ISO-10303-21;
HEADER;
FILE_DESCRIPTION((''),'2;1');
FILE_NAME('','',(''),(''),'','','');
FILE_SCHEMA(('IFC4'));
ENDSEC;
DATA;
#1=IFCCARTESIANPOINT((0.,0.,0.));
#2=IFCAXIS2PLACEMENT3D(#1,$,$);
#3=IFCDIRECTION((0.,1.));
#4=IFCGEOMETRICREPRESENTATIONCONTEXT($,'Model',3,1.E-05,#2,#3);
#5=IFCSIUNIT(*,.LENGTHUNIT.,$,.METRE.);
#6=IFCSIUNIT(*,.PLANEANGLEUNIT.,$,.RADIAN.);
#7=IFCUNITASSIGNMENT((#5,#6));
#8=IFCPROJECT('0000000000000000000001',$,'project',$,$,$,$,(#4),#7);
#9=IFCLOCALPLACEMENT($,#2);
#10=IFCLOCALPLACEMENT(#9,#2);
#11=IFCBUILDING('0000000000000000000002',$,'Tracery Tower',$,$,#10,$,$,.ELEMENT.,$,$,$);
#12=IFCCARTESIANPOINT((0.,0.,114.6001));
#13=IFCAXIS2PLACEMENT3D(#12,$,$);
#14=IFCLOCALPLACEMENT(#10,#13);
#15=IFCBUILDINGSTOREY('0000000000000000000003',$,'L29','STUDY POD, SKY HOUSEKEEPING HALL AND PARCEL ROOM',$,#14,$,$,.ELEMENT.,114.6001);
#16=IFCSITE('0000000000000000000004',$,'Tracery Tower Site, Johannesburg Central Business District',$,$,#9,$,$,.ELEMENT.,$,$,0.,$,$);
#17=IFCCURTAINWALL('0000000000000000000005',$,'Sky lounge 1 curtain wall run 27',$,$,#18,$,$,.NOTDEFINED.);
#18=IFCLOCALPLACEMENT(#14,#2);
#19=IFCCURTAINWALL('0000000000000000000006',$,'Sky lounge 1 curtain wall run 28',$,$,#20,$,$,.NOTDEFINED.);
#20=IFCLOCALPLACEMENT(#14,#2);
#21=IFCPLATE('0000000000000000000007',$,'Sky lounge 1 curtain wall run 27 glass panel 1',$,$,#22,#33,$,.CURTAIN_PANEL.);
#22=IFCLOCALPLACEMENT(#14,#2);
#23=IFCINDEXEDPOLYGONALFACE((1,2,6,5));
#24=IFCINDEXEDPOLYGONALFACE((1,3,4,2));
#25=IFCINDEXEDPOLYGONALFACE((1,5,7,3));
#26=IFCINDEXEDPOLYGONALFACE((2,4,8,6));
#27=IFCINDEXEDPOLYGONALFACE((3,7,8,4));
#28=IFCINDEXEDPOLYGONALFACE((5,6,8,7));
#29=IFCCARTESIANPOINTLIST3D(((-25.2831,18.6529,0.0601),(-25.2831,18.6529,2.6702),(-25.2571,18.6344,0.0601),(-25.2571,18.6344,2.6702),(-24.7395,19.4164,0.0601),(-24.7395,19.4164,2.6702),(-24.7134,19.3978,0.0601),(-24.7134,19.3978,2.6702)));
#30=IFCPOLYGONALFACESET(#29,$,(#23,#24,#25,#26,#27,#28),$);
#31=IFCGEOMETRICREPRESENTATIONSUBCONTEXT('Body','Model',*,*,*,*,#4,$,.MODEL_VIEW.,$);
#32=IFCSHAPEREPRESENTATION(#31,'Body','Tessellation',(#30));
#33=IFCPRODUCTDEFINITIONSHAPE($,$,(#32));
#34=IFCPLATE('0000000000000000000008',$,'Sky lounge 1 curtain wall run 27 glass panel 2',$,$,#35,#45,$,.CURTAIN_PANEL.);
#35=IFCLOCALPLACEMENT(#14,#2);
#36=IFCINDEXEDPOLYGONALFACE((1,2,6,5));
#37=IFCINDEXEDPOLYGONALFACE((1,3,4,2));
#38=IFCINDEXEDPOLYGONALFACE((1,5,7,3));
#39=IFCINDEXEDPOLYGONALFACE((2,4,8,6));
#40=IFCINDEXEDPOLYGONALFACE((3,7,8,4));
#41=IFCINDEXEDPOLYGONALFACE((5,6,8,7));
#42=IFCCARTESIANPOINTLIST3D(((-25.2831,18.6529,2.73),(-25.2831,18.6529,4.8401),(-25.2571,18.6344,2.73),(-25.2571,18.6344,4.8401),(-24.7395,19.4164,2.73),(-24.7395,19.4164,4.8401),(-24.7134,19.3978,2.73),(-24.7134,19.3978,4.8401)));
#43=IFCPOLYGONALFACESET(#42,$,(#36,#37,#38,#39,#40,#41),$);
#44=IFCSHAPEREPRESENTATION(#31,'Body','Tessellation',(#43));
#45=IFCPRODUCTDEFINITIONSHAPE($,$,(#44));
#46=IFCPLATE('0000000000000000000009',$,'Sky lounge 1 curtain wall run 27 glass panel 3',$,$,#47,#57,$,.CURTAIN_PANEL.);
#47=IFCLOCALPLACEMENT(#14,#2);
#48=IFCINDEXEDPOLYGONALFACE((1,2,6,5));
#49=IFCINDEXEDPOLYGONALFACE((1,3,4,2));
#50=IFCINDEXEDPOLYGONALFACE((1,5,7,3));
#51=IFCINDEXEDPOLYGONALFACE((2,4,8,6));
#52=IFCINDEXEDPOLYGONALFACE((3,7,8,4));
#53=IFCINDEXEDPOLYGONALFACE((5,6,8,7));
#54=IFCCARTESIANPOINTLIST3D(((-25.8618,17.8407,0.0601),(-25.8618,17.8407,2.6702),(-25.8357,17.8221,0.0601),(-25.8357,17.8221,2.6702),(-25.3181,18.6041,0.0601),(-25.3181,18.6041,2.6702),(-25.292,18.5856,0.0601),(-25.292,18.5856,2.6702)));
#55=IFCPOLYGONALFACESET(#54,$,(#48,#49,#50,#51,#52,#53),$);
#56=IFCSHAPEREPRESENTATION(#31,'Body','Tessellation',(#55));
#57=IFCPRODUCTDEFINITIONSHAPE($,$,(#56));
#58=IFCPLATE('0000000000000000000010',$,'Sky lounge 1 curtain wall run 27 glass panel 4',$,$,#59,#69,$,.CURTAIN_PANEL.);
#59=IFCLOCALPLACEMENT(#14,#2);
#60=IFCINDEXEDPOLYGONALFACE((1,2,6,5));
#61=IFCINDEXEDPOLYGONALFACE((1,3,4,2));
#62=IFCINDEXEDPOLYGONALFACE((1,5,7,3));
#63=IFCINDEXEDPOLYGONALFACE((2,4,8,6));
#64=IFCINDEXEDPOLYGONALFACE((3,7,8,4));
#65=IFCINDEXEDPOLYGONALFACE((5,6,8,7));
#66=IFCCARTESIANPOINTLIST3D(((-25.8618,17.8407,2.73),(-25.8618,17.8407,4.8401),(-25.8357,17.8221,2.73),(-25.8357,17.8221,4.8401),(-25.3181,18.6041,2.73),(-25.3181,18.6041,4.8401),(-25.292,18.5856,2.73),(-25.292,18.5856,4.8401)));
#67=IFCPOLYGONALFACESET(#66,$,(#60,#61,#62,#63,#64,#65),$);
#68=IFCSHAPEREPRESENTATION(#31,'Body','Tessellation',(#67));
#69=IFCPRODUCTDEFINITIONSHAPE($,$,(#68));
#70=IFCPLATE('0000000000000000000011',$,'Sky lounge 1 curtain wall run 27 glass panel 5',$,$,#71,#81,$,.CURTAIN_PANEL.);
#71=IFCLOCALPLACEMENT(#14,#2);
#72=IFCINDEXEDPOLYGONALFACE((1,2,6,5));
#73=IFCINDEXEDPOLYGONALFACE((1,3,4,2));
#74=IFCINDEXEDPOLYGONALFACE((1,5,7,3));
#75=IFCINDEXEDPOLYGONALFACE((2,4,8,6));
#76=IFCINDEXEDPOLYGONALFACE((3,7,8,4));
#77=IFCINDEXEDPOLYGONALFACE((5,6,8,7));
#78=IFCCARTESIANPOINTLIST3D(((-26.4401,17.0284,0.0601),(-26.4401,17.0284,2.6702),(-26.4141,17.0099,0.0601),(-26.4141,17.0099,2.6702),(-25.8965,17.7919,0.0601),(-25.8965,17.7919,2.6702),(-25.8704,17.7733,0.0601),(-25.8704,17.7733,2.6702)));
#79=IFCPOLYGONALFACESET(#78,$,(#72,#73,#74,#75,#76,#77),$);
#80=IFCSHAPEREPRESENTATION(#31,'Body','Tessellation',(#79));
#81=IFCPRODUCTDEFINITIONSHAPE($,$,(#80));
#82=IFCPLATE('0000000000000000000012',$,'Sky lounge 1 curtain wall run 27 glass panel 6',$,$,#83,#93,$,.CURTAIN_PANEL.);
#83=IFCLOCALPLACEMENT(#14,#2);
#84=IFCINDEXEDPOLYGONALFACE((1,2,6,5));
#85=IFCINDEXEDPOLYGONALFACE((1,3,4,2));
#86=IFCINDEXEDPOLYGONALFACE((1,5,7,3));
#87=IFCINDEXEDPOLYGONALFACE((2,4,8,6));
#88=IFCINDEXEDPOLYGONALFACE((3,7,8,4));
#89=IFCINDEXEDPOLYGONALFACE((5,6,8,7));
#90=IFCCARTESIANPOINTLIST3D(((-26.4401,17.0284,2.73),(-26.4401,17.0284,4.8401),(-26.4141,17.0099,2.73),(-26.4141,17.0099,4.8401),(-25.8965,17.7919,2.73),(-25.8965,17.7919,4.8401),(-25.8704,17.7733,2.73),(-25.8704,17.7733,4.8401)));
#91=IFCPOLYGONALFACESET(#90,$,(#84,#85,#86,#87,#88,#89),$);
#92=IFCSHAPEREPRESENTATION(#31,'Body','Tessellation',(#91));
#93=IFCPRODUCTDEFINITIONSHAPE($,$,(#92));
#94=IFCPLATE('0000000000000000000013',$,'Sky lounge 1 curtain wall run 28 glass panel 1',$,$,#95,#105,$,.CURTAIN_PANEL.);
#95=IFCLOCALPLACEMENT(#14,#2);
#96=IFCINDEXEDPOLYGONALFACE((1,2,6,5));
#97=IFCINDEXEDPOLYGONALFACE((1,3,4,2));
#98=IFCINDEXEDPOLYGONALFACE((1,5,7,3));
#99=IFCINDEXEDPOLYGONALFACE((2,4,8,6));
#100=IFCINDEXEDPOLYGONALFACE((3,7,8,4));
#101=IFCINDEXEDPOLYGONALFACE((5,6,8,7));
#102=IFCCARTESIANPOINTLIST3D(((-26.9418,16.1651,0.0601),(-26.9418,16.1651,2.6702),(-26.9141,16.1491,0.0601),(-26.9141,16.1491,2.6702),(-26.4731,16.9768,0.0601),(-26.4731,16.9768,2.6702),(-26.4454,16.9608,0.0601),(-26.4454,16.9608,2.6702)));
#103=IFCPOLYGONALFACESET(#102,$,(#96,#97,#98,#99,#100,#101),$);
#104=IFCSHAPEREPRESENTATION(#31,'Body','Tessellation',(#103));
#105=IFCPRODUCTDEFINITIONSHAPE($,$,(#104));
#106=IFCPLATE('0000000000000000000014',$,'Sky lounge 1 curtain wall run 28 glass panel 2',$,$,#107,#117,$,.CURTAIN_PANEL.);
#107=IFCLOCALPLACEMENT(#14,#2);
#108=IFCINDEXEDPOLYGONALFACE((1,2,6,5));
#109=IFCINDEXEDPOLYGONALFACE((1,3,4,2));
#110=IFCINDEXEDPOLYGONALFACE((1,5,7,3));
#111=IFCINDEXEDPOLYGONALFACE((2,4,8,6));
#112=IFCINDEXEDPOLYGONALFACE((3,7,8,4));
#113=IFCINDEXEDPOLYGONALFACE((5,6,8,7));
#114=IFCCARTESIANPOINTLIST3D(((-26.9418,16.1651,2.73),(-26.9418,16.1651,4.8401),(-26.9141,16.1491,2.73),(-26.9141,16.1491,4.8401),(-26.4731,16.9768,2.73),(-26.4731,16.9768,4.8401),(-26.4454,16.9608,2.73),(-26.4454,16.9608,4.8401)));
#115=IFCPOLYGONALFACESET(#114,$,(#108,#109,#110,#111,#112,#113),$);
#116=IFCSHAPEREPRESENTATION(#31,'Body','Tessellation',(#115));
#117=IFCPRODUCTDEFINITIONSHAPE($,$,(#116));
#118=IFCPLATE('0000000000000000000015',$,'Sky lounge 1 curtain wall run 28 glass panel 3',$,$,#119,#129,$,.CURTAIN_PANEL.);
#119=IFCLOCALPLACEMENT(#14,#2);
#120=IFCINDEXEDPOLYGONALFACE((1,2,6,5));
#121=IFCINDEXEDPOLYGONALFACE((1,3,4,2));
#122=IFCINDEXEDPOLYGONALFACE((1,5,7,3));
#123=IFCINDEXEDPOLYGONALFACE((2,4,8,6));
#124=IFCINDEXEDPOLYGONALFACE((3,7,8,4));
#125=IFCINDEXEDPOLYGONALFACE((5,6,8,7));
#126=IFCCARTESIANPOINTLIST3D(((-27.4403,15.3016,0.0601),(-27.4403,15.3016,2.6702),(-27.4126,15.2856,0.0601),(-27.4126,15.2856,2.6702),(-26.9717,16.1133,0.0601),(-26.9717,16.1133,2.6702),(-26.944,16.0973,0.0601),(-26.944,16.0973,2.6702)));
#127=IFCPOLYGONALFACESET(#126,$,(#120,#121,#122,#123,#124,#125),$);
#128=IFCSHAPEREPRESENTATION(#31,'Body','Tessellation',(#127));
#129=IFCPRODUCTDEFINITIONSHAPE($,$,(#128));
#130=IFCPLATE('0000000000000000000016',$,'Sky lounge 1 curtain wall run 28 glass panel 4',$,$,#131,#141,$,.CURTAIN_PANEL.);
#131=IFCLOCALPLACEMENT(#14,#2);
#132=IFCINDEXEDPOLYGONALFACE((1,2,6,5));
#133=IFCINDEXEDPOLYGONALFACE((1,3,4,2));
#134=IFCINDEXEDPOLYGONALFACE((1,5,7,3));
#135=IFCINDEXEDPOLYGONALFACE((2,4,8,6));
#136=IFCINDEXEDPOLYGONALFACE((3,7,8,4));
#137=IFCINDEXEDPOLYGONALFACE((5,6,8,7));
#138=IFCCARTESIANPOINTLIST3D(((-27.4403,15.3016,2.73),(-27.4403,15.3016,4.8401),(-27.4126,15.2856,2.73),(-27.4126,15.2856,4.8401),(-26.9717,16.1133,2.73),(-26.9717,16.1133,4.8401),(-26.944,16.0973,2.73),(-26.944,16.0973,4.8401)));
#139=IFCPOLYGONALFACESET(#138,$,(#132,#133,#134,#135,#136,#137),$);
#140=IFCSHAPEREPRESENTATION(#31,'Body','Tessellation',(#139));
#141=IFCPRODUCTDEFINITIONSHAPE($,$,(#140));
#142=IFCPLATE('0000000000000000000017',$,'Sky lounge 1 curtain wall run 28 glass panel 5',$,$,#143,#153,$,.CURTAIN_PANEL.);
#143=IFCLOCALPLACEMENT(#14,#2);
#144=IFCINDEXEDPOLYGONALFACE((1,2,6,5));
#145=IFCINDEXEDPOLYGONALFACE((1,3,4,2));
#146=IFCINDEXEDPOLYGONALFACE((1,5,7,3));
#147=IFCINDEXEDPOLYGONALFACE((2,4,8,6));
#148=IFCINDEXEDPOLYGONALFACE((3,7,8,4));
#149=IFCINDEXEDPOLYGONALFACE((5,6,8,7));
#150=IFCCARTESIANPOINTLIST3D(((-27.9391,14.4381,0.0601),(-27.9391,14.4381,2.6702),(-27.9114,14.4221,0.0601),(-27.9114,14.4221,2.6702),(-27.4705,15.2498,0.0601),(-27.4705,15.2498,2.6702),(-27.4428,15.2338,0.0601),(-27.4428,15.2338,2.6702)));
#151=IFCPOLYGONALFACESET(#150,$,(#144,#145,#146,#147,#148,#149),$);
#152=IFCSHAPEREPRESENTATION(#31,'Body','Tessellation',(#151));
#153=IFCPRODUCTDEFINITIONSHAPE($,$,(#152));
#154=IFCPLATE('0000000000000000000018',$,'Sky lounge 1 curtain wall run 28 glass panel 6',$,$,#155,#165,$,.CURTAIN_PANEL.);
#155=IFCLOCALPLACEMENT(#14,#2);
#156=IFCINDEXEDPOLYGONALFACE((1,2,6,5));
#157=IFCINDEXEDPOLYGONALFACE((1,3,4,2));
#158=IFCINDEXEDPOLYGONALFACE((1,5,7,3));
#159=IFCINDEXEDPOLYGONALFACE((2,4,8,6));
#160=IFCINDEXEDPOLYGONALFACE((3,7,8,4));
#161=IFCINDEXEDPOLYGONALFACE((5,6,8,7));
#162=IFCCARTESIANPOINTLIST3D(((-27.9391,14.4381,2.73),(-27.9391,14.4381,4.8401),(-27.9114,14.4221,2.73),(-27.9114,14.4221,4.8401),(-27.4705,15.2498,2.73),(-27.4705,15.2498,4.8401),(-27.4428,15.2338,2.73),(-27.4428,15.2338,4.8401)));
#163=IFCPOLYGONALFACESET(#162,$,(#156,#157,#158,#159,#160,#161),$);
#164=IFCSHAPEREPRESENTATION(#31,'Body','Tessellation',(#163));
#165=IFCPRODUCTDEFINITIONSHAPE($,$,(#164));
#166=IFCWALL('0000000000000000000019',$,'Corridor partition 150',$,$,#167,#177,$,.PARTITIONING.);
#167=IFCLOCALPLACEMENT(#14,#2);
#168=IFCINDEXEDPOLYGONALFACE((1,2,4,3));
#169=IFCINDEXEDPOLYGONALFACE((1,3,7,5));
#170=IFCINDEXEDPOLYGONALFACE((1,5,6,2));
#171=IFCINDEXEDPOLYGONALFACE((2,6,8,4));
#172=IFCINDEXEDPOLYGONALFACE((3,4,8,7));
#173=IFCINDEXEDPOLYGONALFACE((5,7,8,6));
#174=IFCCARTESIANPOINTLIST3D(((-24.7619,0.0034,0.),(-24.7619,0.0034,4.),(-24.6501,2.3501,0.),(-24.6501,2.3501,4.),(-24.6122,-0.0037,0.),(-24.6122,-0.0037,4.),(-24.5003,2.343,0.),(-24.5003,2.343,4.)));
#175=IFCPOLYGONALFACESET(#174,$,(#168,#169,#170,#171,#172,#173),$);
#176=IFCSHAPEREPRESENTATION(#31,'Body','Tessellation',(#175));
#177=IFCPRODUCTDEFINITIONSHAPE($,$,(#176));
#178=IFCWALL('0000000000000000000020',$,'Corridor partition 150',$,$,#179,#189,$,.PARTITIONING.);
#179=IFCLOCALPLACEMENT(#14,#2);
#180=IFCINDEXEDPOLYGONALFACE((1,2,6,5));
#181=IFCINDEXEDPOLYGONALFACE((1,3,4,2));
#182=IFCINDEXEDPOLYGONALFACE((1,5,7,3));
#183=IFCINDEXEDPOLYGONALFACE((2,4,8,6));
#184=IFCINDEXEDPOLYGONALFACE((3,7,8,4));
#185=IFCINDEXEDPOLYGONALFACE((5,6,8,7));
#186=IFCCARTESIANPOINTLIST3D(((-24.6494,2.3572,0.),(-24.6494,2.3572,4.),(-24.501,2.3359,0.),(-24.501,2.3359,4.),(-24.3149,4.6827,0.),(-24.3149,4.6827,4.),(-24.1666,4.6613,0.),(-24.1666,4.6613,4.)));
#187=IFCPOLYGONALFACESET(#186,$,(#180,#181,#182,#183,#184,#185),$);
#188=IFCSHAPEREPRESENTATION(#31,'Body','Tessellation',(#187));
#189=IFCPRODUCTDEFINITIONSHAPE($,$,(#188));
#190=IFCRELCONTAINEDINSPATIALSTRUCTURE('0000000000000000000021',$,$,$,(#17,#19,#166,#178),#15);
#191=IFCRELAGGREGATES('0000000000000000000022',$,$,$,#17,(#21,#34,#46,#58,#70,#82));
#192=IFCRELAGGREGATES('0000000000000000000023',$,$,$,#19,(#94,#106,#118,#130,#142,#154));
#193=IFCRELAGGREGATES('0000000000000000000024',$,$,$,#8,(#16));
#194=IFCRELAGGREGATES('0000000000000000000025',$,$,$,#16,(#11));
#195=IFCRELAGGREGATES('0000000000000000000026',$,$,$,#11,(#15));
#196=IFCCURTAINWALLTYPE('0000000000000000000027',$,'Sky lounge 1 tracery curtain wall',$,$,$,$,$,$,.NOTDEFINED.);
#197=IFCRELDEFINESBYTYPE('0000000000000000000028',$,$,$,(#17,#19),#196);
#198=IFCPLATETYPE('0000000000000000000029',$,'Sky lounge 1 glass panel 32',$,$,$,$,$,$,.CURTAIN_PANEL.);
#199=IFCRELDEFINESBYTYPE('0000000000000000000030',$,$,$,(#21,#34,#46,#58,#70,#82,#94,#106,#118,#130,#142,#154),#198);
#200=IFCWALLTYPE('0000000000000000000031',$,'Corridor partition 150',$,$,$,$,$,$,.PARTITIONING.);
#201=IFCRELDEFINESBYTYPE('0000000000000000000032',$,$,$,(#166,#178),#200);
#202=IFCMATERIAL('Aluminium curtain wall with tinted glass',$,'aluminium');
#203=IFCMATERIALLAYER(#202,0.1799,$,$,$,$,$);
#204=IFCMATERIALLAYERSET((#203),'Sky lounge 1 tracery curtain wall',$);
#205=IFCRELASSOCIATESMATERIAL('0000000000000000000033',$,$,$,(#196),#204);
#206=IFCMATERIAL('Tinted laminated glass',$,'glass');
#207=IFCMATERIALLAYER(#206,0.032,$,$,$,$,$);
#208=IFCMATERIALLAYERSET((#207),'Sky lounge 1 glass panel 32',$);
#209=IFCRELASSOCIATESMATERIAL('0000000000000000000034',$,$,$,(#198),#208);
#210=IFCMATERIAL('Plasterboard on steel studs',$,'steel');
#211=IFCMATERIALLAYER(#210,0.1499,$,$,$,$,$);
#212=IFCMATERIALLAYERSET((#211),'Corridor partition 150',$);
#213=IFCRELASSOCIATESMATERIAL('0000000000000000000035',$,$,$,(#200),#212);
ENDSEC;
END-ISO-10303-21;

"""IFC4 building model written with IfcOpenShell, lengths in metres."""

from ifc_helpers import new_model, si_unit, direction, frame, frame_2d, origin, origin_2d, place, context, subcontext, project, spatial, rectangle, extrude, material, layer, layer_set, type_object, element, aggregate, save


model = new_model("IFC4")

# Units and contexts
model_context = context("Model", 3, precision=1e-05, world=origin(), true_north=direction((0.0, 1.0)))
body_context = subcontext(model_context, "Body", "Model", "MODEL_VIEW")
ifc_project = project(units=[si_unit("LENGTHUNIT", "METRE"), si_unit("PLANEANGLEUNIT", "RADIAN")], contexts=[model_context])

# Site, building, storey
site_placement = place(None, origin())
site = spatial("IfcSite", under=ifc_project, at=site_placement, Name="Tracery Tower Site, Johannesburg Central Business District", CompositionType="ELEMENT", RefElevation=0.0)
building_placement = place(site_placement, origin())
building = spatial("IfcBuilding", under=site, at=building_placement, Name="Tracery Tower", CompositionType="ELEMENT")
storey_placement = place(building_placement, frame((0.0, 0.0, 114.6001)))
storey = spatial("IfcBuildingStorey", under=building, at=storey_placement, Name="L29", Description="STUDY POD, SKY HOUSEKEEPING HALL AND PARCEL ROOM", CompositionType="ELEMENT", Elevation=114.6001)

# Curtain walls
ifc_material_1 = material(Name="Aluminium curtain wall with tinted glass", Category="aluminium")
ifc_layer_1 = layer(ifc_material_1, 0.1799)
ifc_layer_set_1 = layer_set([ifc_layer_1], Name="Sky lounge 1 tracery curtain wall")
curtain_wall_type = type_object("IfcCurtainWallType", Name="Sky lounge 1 tracery curtain wall", PredefinedType="NOTDEFINED", material=ifc_layer_set_1)
curtain_wall_1_placement = place(storey_placement, origin())
curtain_wall_1 = element("IfcCurtainWall", 1, at=curtain_wall_1_placement, inside=storey, type_object=curtain_wall_type, Name="Sky lounge 1 curtain wall run 27", PredefinedType="NOTDEFINED")
curtain_wall_2_placement = place(storey_placement, origin())
curtain_wall_2 = element("IfcCurtainWall", 2, at=curtain_wall_2_placement, inside=storey, type_object=curtain_wall_type, Name="Sky lounge 1 curtain wall run 28", PredefinedType="NOTDEFINED")

# Plates
ifc_material_2 = material(Name="Tinted laminated glass", Category="glass")
ifc_layer_2 = layer(ifc_material_2, 0.032)
ifc_layer_set_2 = layer_set([ifc_layer_2], Name="Sky lounge 1 glass panel 32")
plate_type = type_object("IfcPlateType", Name="Sky lounge 1 glass panel 32", PredefinedType="CURTAIN_PANEL", material=ifc_layer_set_2)
plate_1_placement = place(storey_placement, frame((-24.9983, 19.0254, 0.0601), z_axis=(0.0, 0.0, 1.0), x_axis=(-0.580057, -0.814576, 0.0)))
plate_1 = element("IfcPlate", 3, at=plate_1_placement, type_object=plate_type, Name="Sky lounge 1 curtain wall run 27 glass panel 1", PredefinedType="CURTAIN_PANEL", context=body_context, shape_type="SweptSolid", body=[
    extrude(rectangle(XDim=0.9373, YDim=0.032, at=origin_2d()), origin(), (0.0, 0.0, 1.0), 2.6101),
])
plate_2_placement = place(storey_placement, frame((-24.9983, 19.0254, 2.73), z_axis=(0.0, 0.0, 1.0), x_axis=(-0.580057, -0.814576, 0.0)))
plate_2 = element("IfcPlate", 4, at=plate_2_placement, type_object=plate_type, Name="Sky lounge 1 curtain wall run 27 glass panel 2", PredefinedType="CURTAIN_PANEL", context=body_context, shape_type="SweptSolid", body=[
    extrude(rectangle(XDim=0.9373, YDim=0.032, at=origin_2d()), origin(), (0.0, 0.0, 1.0), 2.1101),
])
plate_3_placement = place(storey_placement, frame((-25.5769, 18.2131, 0.0601), z_axis=(0.0, 0.0, 1.0), x_axis=(-0.580057, -0.814576, 0.0)))
plate_3 = element("IfcPlate", 5, at=plate_3_placement, type_object=plate_type, Name="Sky lounge 1 curtain wall run 27 glass panel 3", PredefinedType="CURTAIN_PANEL", context=body_context, shape_type="SweptSolid", body=[
    extrude(rectangle(XDim=0.9373, YDim=0.032, at=origin_2d()), origin(), (0.0, 0.0, 1.0), 2.6101),
])
plate_4_placement = place(storey_placement, frame((-25.5769, 18.2131, 2.73), z_axis=(0.0, 0.0, 1.0), x_axis=(-0.580057, -0.814576, 0.0)))
plate_4 = element("IfcPlate", 6, at=plate_4_placement, type_object=plate_type, Name="Sky lounge 1 curtain wall run 27 glass panel 4", PredefinedType="CURTAIN_PANEL", context=body_context, shape_type="SweptSolid", body=[
    extrude(rectangle(XDim=0.9373, YDim=0.032, at=origin_2d()), origin(), (0.0, 0.0, 1.0), 2.1101),
])
plate_5_placement = place(storey_placement, frame((-26.1553, 17.4009, 0.0601), z_axis=(0.0, 0.0, 1.0), x_axis=(-0.580057, -0.814576, 0.0)))
plate_5 = element("IfcPlate", 7, at=plate_5_placement, type_object=plate_type, Name="Sky lounge 1 curtain wall run 27 glass panel 5", PredefinedType="CURTAIN_PANEL", context=body_context, shape_type="SweptSolid", body=[
    extrude(rectangle(XDim=0.9373, YDim=0.032, at=origin_2d()), origin(), (0.0, 0.0, 1.0), 2.6101),
])
plate_6_placement = place(storey_placement, frame((-26.1553, 17.4009, 2.73), z_axis=(0.0, 0.0, 1.0), x_axis=(-0.580057, -0.814576, 0.0)))
plate_6 = element("IfcPlate", 8, at=plate_6_placement, type_object=plate_type, Name="Sky lounge 1 curtain wall run 27 glass panel 6", PredefinedType="CURTAIN_PANEL", context=body_context, shape_type="SweptSolid", body=[
    extrude(rectangle(XDim=0.9373, YDim=0.032, at=origin_2d()), origin(), (0.0, 0.0, 1.0), 2.1101),
])
aggregate(curtain_wall_1, [plate_1, plate_2, plate_3, plate_4, plate_5, plate_6])
plate_7_placement = place(storey_placement, frame((-26.6936, 16.563, 0.0601), z_axis=(0.0, 0.0, 1.0), x_axis=(-0.5, -0.866025, 0.0)))
plate_7 = element("IfcPlate", 9, at=plate_7_placement, type_object=plate_type, Name="Sky lounge 1 curtain wall run 28 glass panel 1", PredefinedType="CURTAIN_PANEL", context=body_context, shape_type="SweptSolid", body=[
    extrude(rectangle(XDim=0.9373, YDim=0.032, at=origin_2d()), origin(), (0.0, 0.0, 1.0), 2.6101),
])
plate_8_placement = place(storey_placement, frame((-26.6936, 16.563, 2.73), z_axis=(0.0, 0.0, 1.0), x_axis=(-0.5, -0.866025, 0.0)))
plate_8 = element("IfcPlate", 10, at=plate_8_placement, type_object=plate_type, Name="Sky lounge 1 curtain wall run 28 glass panel 2", PredefinedType="CURTAIN_PANEL", context=body_context, shape_type="SweptSolid", body=[
    extrude(rectangle(XDim=0.9373, YDim=0.032, at=origin_2d()), origin(), (0.0, 0.0, 1.0), 2.1101),
])
plate_9_placement = place(storey_placement, frame((-27.1921, 15.6995, 0.0601), z_axis=(0.0, 0.0, 1.0), x_axis=(-0.5, -0.866025, 0.0)))
plate_9 = element("IfcPlate", 11, at=plate_9_placement, type_object=plate_type, Name="Sky lounge 1 curtain wall run 28 glass panel 3", PredefinedType="CURTAIN_PANEL", context=body_context, shape_type="SweptSolid", body=[
    extrude(rectangle(XDim=0.9373, YDim=0.032, at=origin_2d()), origin(), (0.0, 0.0, 1.0), 2.6101),
])
plate_10_placement = place(storey_placement, frame((-27.1921, 15.6995, 2.73), z_axis=(0.0, 0.0, 1.0), x_axis=(-0.5, -0.866025, 0.0)))
plate_10 = element("IfcPlate", 12, at=plate_10_placement, type_object=plate_type, Name="Sky lounge 1 curtain wall run 28 glass panel 4", PredefinedType="CURTAIN_PANEL", context=body_context, shape_type="SweptSolid", body=[
    extrude(rectangle(XDim=0.9373, YDim=0.032, at=origin_2d()), origin(), (0.0, 0.0, 1.0), 2.1101),
])
plate_11_placement = place(storey_placement, frame((-27.6909, 14.8359, 0.0601), z_axis=(0.0, 0.0, 1.0), x_axis=(-0.5, -0.866025, 0.0)))
plate_11 = element("IfcPlate", 13, at=plate_11_placement, type_object=plate_type, Name="Sky lounge 1 curtain wall run 28 glass panel 5", PredefinedType="CURTAIN_PANEL", context=body_context, shape_type="SweptSolid", body=[
    extrude(rectangle(XDim=0.9373, YDim=0.032, at=origin_2d()), origin(), (0.0, 0.0, 1.0), 2.6101),
])
plate_12_placement = place(storey_placement, frame((-27.6909, 14.8359, 2.73), z_axis=(0.0, 0.0, 1.0), x_axis=(-0.5, -0.866025, 0.0)))
plate_12 = element("IfcPlate", 14, at=plate_12_placement, type_object=plate_type, Name="Sky lounge 1 curtain wall run 28 glass panel 6", PredefinedType="CURTAIN_PANEL", context=body_context, shape_type="SweptSolid", body=[
    extrude(rectangle(XDim=0.9373, YDim=0.032, at=origin_2d()), origin(), (0.0, 0.0, 1.0), 2.1101),
])
aggregate(curtain_wall_2, [plate_7, plate_8, plate_9, plate_10, plate_11, plate_12])

# Walls
ifc_material_3 = material(Name="Plasterboard on steel studs", Category="steel")
ifc_layer_3 = layer(ifc_material_3, 0.1499)
ifc_layer_set_3 = layer_set([ifc_layer_3], Name="Corridor partition 150")
wall_type = type_object("IfcWallType", Name="Corridor partition 150", PredefinedType="PARTITIONING", material=ifc_layer_set_3)
for number, where, z_axis, x_axis, name in (
    (15, (-24.5752, 2.3467, 0.0), (0.0, 0.0, 1.0), (-0.047595, -0.998867, 0.0), "Corridor partition 150"),
    (16, (-24.2407, 4.6721, 0.0), (0.0, 0.0, 1.0), (-0.142367, -0.989814, 0.0), "Corridor partition 150"),
):
    element("IfcWall", number, at=place(storey_placement, frame(where, z_axis=z_axis, x_axis=x_axis)), inside=storey, type_object=wall_type, Name=name, PredefinedType="PARTITIONING", context=body_context, shape_type="SweptSolid", body=[
        extrude(rectangle(XDim=2.3494, YDim=0.1499, at=frame_2d((1.1748, 0.0))), origin(), (0.0, 0.0, 1.0), 4.0),
    ])

save(model, "model.ifc")
